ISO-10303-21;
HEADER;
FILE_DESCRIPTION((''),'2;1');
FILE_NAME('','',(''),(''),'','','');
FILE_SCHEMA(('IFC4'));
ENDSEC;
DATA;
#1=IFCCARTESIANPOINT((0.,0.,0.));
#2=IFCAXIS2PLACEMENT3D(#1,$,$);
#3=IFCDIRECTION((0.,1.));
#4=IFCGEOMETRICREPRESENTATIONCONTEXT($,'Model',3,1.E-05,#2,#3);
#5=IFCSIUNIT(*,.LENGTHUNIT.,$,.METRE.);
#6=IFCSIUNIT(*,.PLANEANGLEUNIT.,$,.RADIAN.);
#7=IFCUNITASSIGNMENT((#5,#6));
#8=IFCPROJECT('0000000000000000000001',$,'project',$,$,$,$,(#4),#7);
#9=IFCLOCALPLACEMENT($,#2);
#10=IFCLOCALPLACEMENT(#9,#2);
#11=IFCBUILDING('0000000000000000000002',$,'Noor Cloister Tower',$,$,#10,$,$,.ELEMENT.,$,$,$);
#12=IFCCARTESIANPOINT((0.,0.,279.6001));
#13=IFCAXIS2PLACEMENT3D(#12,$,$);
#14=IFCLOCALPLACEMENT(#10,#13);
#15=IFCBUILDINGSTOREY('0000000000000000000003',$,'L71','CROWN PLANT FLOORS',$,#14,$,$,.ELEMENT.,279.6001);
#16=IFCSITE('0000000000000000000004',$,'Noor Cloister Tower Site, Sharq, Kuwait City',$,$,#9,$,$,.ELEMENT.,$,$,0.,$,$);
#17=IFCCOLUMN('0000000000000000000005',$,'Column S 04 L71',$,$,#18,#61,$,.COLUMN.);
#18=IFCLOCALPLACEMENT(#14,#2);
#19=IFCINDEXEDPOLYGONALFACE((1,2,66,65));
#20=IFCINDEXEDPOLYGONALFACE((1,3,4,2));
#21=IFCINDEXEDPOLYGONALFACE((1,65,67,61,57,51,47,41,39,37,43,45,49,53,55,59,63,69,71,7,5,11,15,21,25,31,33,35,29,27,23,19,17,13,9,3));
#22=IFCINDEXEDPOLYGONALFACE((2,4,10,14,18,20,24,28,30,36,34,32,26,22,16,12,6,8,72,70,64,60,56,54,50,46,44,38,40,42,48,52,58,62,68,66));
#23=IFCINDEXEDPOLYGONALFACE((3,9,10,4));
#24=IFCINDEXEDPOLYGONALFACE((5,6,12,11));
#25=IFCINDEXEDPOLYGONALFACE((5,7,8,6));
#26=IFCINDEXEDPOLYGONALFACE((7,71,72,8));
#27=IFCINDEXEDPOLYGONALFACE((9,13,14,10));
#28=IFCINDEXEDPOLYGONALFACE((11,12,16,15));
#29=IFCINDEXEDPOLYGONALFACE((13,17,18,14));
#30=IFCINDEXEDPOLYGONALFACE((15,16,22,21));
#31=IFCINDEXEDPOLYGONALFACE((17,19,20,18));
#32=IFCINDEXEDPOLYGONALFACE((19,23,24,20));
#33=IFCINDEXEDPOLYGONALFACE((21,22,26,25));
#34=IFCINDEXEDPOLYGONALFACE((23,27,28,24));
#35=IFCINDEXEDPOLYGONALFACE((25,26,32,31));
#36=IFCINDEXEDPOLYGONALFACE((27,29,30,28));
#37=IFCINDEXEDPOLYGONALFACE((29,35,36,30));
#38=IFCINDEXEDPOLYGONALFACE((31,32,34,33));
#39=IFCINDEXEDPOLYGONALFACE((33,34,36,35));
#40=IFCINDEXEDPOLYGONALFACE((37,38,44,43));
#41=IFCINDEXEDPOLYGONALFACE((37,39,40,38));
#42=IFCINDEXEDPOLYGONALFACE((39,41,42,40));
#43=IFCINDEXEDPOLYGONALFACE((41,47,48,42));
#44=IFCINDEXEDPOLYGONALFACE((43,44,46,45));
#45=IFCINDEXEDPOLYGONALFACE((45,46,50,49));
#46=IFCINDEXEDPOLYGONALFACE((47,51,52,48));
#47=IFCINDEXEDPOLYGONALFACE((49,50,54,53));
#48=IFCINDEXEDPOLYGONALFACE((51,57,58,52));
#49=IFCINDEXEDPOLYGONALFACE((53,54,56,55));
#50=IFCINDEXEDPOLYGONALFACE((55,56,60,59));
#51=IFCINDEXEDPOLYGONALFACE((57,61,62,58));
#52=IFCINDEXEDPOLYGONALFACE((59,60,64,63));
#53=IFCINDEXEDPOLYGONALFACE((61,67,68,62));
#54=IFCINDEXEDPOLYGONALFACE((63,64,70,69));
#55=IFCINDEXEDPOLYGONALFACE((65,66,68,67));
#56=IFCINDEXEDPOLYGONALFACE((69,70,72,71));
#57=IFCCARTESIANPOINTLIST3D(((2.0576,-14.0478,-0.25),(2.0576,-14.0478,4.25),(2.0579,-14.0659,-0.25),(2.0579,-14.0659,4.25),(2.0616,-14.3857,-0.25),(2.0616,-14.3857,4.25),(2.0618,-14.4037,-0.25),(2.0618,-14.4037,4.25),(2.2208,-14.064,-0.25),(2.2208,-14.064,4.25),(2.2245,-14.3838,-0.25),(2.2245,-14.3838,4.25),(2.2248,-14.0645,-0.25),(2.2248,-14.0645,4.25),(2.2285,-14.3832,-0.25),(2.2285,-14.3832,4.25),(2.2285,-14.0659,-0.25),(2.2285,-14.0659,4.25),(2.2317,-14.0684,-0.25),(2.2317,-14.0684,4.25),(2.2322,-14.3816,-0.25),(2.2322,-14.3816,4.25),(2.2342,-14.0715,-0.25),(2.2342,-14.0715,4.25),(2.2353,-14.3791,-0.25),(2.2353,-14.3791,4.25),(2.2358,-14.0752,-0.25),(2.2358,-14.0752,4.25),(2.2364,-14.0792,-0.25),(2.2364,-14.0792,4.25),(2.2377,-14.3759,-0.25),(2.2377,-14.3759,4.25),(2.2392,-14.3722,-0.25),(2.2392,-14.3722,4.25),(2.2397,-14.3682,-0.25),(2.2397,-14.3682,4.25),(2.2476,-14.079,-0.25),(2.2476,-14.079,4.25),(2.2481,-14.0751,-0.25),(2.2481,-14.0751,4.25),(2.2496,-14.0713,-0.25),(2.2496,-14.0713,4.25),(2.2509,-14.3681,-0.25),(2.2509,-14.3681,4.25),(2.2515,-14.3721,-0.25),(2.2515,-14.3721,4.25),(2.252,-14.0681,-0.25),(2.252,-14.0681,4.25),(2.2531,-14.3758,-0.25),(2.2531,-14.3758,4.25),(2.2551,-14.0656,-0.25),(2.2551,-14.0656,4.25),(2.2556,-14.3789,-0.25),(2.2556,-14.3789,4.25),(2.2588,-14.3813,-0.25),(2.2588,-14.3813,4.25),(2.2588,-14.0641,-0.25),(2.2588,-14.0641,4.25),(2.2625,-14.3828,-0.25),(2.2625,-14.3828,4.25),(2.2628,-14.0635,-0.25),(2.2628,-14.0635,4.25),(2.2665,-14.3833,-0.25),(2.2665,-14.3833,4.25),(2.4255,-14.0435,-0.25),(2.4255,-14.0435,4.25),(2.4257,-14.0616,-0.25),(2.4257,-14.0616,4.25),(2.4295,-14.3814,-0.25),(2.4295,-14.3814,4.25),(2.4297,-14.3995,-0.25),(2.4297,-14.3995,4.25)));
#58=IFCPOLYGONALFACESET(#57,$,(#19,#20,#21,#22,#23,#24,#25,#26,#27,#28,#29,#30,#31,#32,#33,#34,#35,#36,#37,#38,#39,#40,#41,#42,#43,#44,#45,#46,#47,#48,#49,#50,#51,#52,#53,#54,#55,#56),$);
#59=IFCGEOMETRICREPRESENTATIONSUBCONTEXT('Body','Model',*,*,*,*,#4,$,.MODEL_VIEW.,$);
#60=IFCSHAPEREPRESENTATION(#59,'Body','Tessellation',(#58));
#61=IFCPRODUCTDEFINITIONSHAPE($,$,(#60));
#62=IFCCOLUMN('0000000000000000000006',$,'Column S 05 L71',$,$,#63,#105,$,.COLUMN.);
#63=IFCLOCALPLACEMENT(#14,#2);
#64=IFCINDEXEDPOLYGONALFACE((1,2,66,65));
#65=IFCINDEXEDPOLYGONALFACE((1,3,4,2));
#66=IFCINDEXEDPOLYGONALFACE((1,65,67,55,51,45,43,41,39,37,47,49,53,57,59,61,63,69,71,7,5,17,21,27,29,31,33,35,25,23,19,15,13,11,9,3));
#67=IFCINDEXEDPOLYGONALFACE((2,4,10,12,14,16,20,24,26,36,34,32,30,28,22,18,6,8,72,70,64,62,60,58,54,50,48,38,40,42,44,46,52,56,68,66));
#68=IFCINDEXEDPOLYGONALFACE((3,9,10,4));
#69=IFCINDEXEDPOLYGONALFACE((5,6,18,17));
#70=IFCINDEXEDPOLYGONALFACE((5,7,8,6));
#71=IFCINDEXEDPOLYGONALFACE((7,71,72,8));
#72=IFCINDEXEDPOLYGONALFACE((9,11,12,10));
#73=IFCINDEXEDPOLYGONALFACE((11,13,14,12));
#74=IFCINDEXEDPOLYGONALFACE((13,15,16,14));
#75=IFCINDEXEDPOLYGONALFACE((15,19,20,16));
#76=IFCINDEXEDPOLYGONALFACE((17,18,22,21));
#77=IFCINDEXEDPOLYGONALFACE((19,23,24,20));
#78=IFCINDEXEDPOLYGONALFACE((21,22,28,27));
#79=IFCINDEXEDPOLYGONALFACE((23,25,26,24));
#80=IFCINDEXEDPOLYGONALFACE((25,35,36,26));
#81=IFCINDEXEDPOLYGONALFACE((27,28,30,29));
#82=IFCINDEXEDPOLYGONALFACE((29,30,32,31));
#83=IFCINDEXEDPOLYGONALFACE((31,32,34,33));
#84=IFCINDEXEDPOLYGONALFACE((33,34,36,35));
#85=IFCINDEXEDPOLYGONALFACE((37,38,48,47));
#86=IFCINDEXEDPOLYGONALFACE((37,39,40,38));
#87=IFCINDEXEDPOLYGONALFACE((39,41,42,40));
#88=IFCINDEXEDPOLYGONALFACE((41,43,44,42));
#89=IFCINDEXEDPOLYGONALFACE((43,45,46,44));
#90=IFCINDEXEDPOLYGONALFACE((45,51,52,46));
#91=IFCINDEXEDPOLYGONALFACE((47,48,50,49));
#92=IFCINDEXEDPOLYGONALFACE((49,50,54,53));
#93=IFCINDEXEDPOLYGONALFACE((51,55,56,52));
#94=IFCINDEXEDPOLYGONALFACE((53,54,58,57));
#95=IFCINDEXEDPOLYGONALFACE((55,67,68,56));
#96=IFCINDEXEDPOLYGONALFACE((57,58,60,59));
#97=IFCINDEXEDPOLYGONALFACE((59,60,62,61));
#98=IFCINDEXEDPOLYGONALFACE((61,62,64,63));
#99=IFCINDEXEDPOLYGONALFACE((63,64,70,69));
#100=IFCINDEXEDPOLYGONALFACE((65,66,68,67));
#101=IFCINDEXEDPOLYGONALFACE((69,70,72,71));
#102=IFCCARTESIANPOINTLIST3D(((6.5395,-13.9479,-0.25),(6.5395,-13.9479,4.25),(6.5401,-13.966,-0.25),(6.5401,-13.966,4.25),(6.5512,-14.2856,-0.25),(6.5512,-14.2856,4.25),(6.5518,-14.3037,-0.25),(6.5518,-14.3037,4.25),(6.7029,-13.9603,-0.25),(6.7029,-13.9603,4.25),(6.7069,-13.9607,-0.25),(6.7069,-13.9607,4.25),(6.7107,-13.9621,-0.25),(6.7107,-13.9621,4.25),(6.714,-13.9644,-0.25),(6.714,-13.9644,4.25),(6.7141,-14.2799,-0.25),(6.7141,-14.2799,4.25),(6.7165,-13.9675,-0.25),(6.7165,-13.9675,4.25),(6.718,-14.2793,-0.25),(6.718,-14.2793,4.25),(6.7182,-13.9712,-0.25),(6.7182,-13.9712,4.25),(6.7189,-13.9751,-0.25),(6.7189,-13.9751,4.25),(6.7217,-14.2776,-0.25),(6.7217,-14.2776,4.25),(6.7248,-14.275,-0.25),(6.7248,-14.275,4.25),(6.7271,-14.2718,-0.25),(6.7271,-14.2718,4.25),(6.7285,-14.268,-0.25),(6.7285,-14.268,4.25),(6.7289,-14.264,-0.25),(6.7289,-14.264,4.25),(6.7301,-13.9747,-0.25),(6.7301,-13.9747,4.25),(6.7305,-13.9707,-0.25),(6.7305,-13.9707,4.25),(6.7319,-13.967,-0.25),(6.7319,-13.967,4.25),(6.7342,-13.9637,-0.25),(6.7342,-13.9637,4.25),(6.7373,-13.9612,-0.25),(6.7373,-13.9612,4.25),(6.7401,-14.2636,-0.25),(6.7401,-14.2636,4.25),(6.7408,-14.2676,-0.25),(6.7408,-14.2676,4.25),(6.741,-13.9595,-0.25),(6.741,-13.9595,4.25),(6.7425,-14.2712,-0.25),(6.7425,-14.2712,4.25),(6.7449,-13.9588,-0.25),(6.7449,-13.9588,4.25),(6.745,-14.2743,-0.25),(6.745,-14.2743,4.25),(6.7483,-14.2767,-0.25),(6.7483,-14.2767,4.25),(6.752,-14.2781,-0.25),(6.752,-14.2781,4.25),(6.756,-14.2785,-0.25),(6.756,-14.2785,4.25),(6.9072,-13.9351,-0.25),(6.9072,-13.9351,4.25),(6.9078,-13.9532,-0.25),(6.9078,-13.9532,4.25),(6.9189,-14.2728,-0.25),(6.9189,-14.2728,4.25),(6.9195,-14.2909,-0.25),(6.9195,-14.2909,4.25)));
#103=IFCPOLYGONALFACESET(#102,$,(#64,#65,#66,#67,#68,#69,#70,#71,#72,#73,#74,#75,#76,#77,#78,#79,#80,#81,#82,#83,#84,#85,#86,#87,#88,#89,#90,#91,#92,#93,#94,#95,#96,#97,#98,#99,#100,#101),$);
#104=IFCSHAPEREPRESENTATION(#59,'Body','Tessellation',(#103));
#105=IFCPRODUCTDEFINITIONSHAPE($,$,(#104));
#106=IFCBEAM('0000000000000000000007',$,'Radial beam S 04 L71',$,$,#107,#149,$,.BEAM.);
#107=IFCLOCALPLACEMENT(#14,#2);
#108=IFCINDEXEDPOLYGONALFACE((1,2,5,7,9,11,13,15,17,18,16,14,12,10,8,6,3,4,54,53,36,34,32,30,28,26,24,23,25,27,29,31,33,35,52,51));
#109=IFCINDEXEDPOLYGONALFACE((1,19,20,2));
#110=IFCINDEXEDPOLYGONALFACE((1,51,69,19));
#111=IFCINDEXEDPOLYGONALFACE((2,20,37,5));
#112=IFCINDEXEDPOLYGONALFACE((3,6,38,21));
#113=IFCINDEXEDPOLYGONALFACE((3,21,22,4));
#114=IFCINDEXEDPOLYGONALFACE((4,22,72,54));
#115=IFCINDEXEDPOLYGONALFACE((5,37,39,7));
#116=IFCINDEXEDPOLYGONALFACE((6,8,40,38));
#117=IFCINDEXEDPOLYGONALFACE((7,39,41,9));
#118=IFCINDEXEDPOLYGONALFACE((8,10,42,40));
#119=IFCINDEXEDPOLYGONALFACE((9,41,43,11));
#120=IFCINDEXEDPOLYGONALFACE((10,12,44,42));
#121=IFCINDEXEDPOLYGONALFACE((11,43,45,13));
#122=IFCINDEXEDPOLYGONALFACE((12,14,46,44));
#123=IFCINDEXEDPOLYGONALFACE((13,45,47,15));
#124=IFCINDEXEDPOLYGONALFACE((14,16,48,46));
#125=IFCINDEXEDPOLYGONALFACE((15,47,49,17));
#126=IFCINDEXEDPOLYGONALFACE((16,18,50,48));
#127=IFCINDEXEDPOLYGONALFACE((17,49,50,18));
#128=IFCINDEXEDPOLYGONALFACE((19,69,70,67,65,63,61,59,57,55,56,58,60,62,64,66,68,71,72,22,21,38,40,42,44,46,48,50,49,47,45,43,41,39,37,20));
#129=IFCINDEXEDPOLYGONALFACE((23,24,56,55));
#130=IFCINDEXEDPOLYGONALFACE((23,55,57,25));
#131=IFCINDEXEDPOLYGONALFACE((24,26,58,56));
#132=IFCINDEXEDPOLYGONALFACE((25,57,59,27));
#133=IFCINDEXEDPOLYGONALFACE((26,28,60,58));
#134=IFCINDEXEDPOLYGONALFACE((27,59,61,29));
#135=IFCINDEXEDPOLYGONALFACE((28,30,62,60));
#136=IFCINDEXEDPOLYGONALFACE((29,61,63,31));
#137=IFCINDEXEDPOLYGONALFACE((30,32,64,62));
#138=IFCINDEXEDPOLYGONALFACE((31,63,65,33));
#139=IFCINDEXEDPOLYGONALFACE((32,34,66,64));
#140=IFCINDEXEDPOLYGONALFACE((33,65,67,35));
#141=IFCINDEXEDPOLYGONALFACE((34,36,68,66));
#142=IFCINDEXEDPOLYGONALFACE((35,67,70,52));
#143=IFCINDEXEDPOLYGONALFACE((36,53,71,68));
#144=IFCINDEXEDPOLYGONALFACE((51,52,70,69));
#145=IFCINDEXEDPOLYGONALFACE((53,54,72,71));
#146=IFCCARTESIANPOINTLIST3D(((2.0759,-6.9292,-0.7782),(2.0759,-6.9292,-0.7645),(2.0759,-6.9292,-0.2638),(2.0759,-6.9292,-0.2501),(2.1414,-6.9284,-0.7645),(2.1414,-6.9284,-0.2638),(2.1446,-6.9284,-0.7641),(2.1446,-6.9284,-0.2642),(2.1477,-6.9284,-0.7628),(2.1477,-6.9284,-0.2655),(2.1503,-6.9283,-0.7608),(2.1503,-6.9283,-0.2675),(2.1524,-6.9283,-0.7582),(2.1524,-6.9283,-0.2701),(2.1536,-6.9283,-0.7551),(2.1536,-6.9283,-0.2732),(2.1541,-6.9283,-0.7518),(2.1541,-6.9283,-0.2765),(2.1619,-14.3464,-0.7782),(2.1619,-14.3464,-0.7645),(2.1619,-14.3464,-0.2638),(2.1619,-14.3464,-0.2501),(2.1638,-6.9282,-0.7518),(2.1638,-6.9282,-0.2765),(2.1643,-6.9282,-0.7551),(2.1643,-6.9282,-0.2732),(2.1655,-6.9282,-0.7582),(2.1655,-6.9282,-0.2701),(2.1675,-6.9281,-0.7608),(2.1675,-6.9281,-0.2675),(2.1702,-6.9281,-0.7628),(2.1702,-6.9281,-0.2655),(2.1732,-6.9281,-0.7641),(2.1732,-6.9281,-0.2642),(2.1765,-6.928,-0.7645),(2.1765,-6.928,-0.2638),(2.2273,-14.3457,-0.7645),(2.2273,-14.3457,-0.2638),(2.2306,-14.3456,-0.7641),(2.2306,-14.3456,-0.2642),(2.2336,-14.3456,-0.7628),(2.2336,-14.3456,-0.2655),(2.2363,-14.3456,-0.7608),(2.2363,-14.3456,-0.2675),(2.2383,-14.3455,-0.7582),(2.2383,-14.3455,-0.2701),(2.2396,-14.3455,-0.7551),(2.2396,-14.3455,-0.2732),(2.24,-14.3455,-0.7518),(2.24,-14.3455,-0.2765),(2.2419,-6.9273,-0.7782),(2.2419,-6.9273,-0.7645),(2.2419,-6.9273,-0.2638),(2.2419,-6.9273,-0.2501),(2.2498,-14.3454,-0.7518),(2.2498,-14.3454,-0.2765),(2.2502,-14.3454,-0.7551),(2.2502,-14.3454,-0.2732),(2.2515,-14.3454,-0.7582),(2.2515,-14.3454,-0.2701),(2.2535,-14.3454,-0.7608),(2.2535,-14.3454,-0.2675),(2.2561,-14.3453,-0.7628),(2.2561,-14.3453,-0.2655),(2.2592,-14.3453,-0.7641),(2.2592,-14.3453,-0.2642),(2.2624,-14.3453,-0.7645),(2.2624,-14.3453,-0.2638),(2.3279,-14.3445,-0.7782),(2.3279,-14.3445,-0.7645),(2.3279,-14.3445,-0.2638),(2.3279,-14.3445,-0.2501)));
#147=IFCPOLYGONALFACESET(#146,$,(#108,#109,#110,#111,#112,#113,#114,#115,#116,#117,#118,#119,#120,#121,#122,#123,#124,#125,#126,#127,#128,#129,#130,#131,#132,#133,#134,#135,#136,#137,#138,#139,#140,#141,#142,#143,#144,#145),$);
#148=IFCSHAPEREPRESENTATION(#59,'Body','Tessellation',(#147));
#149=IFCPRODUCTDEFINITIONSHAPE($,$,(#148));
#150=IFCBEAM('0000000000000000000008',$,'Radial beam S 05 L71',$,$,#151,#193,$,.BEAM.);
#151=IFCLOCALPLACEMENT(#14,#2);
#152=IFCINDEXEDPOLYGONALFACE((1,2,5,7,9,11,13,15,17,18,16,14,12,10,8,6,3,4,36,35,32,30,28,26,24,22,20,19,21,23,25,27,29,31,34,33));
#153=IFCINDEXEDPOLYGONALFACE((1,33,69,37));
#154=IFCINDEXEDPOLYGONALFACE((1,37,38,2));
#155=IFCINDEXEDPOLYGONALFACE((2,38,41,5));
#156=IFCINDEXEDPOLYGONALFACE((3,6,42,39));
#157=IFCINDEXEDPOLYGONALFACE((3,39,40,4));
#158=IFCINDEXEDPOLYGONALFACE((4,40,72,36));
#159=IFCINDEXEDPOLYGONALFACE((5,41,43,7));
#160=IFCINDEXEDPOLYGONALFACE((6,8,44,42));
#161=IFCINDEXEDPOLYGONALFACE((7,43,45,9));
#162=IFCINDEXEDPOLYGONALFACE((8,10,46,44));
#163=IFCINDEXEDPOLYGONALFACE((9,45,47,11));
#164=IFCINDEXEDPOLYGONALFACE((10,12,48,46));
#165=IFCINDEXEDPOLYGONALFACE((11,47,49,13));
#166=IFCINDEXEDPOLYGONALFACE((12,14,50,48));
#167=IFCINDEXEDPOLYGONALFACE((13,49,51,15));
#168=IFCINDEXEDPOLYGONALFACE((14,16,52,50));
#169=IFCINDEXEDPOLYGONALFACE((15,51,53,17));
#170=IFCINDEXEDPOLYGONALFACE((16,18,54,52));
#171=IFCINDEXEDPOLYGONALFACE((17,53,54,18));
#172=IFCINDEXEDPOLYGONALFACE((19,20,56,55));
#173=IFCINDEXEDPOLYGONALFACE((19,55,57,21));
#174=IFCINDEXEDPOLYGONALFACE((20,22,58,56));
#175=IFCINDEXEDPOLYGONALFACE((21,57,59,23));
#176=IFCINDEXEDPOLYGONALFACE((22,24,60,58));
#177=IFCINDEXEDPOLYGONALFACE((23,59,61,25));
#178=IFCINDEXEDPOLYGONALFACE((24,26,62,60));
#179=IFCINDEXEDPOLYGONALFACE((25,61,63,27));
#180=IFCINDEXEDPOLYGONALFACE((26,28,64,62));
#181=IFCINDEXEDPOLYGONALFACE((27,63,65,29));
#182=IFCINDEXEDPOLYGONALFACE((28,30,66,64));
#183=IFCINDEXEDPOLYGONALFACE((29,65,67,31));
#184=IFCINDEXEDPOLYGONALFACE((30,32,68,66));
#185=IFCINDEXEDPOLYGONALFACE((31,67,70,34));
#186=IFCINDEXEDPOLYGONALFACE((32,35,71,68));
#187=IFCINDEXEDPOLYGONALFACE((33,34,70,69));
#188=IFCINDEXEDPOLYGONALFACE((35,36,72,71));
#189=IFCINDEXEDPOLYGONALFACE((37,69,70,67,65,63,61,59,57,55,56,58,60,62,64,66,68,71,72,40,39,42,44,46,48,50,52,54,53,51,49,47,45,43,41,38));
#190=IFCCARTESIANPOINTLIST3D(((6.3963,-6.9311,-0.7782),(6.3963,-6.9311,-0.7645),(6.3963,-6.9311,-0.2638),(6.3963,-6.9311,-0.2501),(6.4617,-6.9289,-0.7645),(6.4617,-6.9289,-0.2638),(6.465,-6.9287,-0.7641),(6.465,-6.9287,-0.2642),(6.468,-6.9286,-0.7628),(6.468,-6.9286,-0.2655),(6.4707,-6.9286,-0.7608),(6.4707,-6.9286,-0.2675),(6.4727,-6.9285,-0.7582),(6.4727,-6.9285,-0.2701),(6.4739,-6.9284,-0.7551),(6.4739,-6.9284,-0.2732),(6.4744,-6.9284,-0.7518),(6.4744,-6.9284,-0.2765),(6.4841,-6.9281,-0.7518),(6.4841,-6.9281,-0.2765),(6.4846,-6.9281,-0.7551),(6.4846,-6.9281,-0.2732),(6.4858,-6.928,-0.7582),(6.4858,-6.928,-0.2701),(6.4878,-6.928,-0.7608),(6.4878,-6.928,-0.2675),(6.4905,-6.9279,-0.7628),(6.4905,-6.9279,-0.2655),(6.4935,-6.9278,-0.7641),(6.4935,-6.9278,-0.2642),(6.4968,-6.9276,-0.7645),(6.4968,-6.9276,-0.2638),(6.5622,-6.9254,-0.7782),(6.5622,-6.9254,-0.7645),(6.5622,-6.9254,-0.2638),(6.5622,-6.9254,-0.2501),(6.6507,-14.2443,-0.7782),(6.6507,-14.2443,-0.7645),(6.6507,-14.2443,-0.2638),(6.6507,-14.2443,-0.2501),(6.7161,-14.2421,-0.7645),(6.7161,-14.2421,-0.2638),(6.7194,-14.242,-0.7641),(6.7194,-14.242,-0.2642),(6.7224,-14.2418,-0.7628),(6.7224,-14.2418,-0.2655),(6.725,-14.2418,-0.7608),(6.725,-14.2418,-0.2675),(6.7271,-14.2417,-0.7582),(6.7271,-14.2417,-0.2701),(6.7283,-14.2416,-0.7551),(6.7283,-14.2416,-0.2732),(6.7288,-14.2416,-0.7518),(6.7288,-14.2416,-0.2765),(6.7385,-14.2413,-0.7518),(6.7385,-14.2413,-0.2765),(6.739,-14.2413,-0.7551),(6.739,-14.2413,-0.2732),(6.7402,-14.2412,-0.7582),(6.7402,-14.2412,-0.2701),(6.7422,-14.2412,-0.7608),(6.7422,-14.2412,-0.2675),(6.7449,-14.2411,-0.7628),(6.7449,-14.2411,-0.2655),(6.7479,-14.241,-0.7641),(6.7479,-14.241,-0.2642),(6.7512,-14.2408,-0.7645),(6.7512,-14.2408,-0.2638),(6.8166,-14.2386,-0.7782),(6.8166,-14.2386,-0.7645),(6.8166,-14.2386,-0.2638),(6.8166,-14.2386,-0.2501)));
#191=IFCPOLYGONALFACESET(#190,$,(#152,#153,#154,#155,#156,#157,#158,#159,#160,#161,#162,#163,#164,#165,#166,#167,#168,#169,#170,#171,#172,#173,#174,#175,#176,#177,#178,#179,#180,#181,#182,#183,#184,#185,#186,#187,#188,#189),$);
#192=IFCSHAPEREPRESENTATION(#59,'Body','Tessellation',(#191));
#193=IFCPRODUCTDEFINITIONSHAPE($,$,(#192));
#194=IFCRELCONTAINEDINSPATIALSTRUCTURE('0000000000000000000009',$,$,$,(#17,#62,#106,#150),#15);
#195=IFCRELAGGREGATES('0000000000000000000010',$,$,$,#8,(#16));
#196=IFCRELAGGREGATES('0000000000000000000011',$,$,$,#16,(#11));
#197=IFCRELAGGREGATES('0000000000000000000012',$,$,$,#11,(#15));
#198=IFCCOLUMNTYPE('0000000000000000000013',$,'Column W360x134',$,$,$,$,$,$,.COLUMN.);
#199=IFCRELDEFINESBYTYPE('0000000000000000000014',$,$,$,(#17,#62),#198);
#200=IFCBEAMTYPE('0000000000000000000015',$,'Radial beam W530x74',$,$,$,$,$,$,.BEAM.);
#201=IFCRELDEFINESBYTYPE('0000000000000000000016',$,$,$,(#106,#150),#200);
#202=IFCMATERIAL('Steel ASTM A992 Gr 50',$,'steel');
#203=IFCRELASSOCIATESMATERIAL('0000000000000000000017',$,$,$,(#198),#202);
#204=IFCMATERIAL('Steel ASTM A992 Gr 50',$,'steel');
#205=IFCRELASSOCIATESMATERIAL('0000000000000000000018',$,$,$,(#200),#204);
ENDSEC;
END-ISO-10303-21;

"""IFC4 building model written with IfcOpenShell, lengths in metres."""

from ifc_helpers import new_model, si_unit, direction, frame, origin, origin_2d, place, context, subcontext, project, spatial, i_section, extrude, material, material_profile, profile_set, type_object, element, save


model = new_model("IFC4")

# Units and contexts
model_context = context("Model", 3, precision=1e-05, world=origin(), true_north=direction((0.0, 1.0)))
body_context = subcontext(model_context, "Body", "Model", "MODEL_VIEW")
ifc_project = project(units=[si_unit("LENGTHUNIT", "METRE"), si_unit("PLANEANGLEUNIT", "RADIAN")], contexts=[model_context])

# Site, building, storey
site_placement = place(None, origin())
site = spatial("IfcSite", under=ifc_project, at=site_placement, Name="Noor Cloister Tower Site, Sharq, Kuwait City", CompositionType="ELEMENT", RefElevation=0.0)
building_placement = place(site_placement, origin())
building = spatial("IfcBuilding", under=site, at=building_placement, Name="Noor Cloister Tower", CompositionType="ELEMENT")
storey_placement = place(building_placement, frame((0.0, 0.0, 279.6001)))
storey = spatial("IfcBuildingStorey", under=building, at=storey_placement, Name="L71", Description="CROWN PLANT FLOORS", CompositionType="ELEMENT", Elevation=279.6001)

# Columns
ifc_material_1 = material(Name="Steel ASTM A992 Gr 50", Category="steel")
ifc_material_profile_1 = material_profile(ifc_material_1, i_section(OverallWidth=0.3679, OverallDepth=0.356, WebThickness=0.0112, FlangeThickness=0.0181, FilletRadius=0.0154, at=origin_2d()), Name="W360x134")
ifc_profile_set_1 = profile_set([ifc_material_profile_1], Name="Steel ASTM A992 Gr 50")
column_type = type_object("IfcColumnType", Name="Column W360x134", PredefinedType="COLUMN", material=ifc_profile_set_1)
for number, where, z_axis, x_axis, name in (
    (1, (2.2437, -14.2236, -0.25), (0.0, 0.0, 1.0), (0.999933, 0.011596, 0.0), "Column S 04 L71"),
    (2, (6.7295, -14.1194, -0.25), (0.0, 0.0, 1.0), (0.999395, 0.034782, 0.0), "Column S 05 L71"),
):
    element("IfcColumn", number, at=place(storey_placement, frame(where, z_axis=z_axis, x_axis=x_axis)), inside=storey, type_object=column_type, Name=name, PredefinedType="COLUMN", context=body_context, shape_type="SweptSolid", body=[
        extrude(i_section(OverallWidth=0.3679, OverallDepth=0.356, WebThickness=0.0112, FlangeThickness=0.0181, FilletRadius=0.0154, at=origin_2d()), origin(), (0.0, 0.0, 1.0), 4.5),
    ])

# Beams
ifc_material_2 = material(Name="Steel ASTM A992 Gr 50", Category="steel")
ifc_material_profile_2 = material_profile(ifc_material_2, i_section(OverallWidth=0.166, OverallDepth=0.5281, WebThickness=0.0098, FlangeThickness=0.0137, FilletRadius=0.0127, at=origin_2d()), Name="W530x74")
ifc_profile_set_2 = profile_set([ifc_material_profile_2], Name="Steel ASTM A992 Gr 50")
beam_type_1 = type_object("IfcBeamType", Name="Radial beam W530x74", PredefinedType="BEAM", material=ifc_profile_set_2)
beam_1_placement = place(storey_placement, frame((2.2449, -14.3455, -0.5142), z_axis=(-0.011585, 0.999933, 0.0), x_axis=(-0.999933, -0.011585, 0.0)))
element("IfcBeam", 3, at=beam_1_placement, inside=storey, type_object=beam_type_1, Name="Radial beam S 04 L71", PredefinedType="BEAM", context=body_context, shape_type="SweptSolid", body=[
    extrude(i_section(OverallWidth=0.166, OverallDepth=0.5281, WebThickness=0.0098, FlangeThickness=0.0137, FilletRadius=0.0127, at=origin_2d()), origin(), (0.0, 0.0, 1.0), 7.4177),
])
beam_2_placement = place(storey_placement, frame((6.7336, -14.2415, -0.5142), z_axis=(-0.034764, 0.999396, 0.0), x_axis=(-0.999396, -0.034764, 0.0)))
element("IfcBeam", 4, at=beam_2_placement, inside=storey, type_object=beam_type_1, Name="Radial beam S 05 L71", PredefinedType="BEAM", context=body_context, shape_type="SweptSolid", body=[
    extrude(i_section(OverallWidth=0.166, OverallDepth=0.5281, WebThickness=0.0098, FlangeThickness=0.0137, FilletRadius=0.0127, at=origin_2d()), origin(), (0.0, 0.0, 1.0), 7.3176),
])

save(model, "model.ifc")
